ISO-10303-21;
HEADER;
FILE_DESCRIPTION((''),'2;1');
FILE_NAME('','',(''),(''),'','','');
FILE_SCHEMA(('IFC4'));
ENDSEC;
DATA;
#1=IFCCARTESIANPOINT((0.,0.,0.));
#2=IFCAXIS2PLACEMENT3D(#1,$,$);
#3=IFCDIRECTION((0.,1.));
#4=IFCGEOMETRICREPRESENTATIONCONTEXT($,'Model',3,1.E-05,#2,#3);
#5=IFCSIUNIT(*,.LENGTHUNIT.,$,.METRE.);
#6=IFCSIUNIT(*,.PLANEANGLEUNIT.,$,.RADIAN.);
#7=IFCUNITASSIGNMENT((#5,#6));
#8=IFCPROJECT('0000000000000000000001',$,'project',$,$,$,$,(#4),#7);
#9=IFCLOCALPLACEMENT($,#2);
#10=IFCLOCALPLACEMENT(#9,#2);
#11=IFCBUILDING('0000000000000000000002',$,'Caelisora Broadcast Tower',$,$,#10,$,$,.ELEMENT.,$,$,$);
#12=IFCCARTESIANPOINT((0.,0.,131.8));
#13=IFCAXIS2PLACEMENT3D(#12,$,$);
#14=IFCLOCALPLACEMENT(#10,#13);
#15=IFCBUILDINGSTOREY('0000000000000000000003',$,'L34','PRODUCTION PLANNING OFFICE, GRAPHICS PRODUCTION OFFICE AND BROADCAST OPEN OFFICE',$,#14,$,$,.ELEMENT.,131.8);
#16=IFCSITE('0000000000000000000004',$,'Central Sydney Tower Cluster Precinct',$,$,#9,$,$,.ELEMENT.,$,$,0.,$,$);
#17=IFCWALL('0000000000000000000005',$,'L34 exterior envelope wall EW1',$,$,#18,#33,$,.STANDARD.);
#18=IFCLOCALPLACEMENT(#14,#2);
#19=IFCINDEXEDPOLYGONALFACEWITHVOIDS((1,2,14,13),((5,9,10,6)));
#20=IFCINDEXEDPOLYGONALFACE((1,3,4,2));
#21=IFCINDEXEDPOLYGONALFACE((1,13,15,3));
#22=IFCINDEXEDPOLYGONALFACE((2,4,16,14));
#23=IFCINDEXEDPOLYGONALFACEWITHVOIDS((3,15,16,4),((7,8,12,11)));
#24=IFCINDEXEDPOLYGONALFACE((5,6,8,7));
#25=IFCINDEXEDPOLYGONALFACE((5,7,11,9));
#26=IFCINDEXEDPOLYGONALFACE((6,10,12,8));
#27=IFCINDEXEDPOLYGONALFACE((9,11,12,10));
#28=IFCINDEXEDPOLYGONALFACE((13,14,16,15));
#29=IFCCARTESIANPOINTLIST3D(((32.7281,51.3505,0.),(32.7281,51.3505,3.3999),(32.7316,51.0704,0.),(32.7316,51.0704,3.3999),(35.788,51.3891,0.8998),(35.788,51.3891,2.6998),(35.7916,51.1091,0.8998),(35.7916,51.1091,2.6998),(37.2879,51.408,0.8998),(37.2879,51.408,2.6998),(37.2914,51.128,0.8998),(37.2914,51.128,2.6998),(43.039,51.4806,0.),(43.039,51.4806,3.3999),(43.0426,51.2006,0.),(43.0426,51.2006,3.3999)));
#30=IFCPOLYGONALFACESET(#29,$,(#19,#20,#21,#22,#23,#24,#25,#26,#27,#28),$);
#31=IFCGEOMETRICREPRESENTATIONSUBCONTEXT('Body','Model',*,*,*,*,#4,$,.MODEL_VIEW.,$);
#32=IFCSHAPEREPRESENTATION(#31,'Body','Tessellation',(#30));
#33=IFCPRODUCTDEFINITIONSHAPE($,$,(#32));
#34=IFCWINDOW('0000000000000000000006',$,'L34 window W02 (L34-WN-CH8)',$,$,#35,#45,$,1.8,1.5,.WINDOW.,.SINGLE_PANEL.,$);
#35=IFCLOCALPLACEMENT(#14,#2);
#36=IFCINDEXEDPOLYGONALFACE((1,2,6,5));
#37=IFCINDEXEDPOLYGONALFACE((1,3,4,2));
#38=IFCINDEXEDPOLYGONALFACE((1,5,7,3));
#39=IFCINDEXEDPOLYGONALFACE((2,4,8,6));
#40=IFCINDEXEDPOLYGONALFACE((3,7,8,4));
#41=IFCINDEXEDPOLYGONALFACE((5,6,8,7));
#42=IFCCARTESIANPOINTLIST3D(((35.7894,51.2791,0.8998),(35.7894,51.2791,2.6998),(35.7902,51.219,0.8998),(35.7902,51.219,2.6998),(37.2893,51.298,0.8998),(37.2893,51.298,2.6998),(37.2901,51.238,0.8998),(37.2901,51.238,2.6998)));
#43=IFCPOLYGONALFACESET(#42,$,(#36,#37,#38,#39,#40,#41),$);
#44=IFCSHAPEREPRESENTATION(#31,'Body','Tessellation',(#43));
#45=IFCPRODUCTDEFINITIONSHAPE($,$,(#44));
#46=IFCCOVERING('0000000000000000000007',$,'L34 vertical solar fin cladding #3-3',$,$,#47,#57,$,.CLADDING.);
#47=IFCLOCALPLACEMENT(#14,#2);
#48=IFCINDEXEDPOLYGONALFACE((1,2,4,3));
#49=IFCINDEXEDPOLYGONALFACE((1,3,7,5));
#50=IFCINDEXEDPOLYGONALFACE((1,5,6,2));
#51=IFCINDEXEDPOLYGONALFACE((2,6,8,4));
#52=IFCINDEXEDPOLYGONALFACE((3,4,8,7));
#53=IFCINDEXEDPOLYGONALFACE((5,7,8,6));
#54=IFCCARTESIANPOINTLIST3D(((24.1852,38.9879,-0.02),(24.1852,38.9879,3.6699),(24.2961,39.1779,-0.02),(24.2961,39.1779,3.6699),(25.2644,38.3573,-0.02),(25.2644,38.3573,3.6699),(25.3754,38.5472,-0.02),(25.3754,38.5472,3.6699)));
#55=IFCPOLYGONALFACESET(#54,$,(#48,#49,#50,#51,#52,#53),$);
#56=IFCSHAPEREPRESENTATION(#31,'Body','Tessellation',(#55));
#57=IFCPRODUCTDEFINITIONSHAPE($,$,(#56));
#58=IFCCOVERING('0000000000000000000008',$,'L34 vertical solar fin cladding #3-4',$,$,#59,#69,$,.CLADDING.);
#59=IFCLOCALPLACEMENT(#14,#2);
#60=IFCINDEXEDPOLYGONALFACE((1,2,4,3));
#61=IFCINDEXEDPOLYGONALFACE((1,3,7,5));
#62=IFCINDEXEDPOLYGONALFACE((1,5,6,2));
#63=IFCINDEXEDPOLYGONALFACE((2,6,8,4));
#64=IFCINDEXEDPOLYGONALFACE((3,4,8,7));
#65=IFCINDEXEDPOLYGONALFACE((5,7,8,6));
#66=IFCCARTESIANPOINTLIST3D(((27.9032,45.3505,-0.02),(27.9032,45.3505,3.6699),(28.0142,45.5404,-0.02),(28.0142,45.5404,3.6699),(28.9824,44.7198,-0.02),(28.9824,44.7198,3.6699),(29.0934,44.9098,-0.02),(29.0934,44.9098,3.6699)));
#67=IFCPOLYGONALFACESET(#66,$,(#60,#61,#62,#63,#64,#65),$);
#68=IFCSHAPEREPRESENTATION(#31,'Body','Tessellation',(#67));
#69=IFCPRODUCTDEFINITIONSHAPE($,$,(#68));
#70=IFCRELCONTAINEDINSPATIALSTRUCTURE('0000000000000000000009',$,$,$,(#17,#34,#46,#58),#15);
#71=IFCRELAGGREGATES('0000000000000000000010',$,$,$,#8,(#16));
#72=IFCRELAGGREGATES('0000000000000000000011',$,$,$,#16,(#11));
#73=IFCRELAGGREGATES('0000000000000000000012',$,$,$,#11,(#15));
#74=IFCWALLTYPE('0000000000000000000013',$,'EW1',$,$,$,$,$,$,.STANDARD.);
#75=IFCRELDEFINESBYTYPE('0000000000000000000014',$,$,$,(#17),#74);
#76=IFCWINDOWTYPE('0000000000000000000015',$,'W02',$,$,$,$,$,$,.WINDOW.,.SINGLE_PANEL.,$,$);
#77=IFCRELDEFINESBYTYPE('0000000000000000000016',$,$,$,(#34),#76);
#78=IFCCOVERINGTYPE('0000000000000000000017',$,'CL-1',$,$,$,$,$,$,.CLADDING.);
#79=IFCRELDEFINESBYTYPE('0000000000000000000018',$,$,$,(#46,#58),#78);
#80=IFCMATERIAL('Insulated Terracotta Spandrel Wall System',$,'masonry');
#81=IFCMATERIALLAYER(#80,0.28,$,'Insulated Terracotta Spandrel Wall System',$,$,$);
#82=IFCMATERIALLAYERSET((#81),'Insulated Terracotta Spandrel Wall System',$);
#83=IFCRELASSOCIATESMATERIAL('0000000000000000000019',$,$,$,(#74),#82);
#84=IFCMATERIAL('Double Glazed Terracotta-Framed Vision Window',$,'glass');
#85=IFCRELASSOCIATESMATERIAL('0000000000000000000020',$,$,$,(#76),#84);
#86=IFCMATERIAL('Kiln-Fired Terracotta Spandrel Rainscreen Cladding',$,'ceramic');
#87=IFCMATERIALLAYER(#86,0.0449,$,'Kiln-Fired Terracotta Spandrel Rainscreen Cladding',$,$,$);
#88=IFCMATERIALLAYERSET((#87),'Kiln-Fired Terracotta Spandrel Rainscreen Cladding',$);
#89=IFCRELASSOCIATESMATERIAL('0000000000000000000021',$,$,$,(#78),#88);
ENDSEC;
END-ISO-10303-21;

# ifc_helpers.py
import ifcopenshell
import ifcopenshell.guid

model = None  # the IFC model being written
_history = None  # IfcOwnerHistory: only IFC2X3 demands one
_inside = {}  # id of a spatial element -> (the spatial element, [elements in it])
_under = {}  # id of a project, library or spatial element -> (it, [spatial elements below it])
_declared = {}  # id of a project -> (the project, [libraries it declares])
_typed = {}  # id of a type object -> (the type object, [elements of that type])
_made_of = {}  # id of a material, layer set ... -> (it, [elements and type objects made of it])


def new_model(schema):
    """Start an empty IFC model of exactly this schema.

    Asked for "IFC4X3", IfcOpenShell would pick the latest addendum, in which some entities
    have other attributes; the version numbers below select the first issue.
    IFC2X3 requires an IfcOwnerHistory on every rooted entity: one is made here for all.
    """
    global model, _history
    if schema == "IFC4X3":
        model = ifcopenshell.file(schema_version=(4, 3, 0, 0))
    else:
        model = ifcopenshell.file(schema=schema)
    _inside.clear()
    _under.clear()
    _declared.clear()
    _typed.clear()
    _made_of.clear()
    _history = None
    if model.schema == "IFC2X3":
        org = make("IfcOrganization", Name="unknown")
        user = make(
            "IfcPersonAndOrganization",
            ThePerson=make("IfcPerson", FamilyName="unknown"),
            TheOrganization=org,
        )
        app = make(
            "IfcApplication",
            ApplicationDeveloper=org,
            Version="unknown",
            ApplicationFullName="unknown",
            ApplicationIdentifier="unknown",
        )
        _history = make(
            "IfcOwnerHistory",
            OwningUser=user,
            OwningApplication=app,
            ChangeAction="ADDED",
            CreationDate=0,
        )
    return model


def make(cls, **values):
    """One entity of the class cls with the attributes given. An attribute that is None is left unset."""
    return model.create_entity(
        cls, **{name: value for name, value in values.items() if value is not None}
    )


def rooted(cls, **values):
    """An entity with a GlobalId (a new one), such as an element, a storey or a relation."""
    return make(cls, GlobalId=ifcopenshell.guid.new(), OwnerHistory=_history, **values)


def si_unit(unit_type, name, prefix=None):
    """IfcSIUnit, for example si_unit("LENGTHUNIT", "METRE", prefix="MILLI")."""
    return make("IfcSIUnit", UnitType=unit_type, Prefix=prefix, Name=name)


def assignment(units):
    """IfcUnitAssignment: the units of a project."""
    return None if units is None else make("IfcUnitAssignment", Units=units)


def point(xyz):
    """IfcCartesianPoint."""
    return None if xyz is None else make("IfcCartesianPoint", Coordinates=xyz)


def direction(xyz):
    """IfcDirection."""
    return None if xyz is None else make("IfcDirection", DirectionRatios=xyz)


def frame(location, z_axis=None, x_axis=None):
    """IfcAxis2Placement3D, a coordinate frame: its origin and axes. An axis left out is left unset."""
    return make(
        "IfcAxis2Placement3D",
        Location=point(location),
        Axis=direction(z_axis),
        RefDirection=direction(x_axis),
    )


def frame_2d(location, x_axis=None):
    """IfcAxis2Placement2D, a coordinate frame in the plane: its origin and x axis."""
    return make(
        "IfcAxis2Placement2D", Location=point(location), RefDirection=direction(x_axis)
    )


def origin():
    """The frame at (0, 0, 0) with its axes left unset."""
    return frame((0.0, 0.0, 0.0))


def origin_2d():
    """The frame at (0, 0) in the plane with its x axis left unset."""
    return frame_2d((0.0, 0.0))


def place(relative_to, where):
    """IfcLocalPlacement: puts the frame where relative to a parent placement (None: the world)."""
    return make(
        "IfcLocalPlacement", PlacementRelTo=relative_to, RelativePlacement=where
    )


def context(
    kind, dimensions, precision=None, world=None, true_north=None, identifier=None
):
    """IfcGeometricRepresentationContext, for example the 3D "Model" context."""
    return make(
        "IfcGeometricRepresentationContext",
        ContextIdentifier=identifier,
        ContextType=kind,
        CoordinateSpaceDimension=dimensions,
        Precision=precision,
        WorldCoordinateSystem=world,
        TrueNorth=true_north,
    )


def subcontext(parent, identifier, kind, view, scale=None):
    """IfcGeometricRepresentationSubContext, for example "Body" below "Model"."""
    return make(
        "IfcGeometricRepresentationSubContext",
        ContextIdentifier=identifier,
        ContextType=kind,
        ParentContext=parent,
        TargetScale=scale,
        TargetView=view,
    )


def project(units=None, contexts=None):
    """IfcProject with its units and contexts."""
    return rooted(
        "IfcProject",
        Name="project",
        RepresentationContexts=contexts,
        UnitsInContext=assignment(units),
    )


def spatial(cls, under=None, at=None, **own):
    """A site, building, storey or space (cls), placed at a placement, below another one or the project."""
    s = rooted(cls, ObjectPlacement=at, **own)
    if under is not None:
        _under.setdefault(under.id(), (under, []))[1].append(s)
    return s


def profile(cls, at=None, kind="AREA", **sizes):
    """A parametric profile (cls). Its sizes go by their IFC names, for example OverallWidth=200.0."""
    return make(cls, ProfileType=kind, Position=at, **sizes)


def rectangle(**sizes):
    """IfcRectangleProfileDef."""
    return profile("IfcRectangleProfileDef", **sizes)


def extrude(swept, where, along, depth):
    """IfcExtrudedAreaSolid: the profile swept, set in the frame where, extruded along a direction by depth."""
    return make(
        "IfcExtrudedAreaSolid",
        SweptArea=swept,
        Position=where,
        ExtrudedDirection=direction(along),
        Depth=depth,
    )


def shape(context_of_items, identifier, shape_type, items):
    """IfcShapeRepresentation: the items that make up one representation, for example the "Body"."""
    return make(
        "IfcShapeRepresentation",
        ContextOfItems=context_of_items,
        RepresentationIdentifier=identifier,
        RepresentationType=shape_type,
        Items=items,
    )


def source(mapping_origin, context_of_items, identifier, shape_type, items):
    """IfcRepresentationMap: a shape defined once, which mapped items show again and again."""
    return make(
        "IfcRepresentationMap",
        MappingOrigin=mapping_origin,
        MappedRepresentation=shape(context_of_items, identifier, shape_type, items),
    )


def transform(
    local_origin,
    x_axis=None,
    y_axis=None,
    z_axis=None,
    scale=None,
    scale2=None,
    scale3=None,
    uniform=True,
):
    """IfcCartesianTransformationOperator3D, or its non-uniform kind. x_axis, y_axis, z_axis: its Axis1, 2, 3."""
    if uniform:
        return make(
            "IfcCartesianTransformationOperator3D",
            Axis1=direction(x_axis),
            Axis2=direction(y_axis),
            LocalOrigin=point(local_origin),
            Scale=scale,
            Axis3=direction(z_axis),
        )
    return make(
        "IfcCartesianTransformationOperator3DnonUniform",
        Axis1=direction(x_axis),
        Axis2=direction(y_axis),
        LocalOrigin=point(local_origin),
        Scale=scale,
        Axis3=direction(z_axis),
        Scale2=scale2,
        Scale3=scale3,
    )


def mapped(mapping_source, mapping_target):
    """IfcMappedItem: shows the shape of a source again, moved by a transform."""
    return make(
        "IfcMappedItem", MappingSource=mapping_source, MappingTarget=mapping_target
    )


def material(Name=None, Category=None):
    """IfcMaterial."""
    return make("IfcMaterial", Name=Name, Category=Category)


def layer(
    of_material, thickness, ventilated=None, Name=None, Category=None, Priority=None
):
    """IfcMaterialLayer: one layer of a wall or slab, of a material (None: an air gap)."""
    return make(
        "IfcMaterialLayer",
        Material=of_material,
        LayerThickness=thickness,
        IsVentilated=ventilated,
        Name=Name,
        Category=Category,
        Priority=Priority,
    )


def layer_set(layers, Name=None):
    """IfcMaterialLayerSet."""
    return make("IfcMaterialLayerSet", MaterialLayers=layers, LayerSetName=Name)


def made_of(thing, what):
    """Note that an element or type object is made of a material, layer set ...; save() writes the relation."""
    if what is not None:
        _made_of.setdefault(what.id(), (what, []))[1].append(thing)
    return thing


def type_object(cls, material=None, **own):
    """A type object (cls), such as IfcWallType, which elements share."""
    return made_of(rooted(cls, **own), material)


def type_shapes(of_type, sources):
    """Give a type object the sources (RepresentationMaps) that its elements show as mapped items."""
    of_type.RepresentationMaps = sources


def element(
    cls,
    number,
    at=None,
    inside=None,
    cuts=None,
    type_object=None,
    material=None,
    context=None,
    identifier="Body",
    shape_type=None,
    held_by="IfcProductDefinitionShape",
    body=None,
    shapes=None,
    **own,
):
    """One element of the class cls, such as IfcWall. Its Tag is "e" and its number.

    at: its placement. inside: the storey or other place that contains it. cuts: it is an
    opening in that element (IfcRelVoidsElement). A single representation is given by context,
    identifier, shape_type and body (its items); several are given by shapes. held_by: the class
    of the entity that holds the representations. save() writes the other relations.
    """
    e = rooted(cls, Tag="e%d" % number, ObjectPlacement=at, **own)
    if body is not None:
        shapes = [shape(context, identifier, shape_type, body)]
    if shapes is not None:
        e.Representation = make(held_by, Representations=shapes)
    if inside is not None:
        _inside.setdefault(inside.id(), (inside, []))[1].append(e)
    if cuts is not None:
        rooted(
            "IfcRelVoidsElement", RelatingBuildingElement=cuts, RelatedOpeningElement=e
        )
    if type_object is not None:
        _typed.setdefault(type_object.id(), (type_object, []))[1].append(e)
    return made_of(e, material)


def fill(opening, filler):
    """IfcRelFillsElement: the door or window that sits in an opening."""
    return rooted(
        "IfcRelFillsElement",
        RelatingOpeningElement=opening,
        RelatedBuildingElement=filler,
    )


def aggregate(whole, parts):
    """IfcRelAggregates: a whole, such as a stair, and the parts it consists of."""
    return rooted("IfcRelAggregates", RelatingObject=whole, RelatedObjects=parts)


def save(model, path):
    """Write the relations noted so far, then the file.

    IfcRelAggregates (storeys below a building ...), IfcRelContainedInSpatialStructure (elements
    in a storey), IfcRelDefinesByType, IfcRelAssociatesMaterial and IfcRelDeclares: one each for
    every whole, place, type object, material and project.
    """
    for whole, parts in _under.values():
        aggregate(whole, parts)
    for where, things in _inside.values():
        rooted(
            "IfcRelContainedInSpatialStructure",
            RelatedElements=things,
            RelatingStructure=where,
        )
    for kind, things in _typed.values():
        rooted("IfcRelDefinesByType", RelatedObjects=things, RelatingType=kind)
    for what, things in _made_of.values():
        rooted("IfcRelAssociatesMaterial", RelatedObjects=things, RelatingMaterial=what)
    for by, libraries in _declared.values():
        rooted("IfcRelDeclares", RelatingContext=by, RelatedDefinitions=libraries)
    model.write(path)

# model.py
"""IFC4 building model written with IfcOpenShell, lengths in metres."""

from ifc_helpers import new_model, si_unit, direction, frame, frame_2d, origin, origin_2d, place, context, subcontext, project, spatial, rectangle, extrude, source, transform, mapped, material, layer, layer_set, type_object, type_shapes, element, fill, save


model = new_model("IFC4")

# Units and contexts
model_context = context("Model", 3, precision=1e-05, world=origin(), true_north=direction((0.0, 1.0)))
body_context = subcontext(model_context, "Body", "Model", "MODEL_VIEW")
ifc_project = project(units=[si_unit("LENGTHUNIT", "METRE"), si_unit("PLANEANGLEUNIT", "RADIAN")], contexts=[model_context])

# Site, building, storey
site_placement = place(None, origin())
site = spatial("IfcSite", under=ifc_project, at=site_placement, Name="Central Sydney Tower Cluster Precinct", CompositionType="ELEMENT", RefElevation=0.0)
building_placement = place(site_placement, origin())
building = spatial("IfcBuilding", under=site, at=building_placement, Name="Caelisora Broadcast Tower", CompositionType="ELEMENT")
storey_placement = place(building_placement, frame((0.0, 0.0, 131.8)))
storey = spatial("IfcBuildingStorey", under=building, at=storey_placement, Name="L34", Description="PRODUCTION PLANNING OFFICE, GRAPHICS PRODUCTION OFFICE AND BROADCAST OPEN OFFICE", CompositionType="ELEMENT", Elevation=131.8)

# Wall, opening, window
ifc_material_1 = material(Name="Insulated Terracotta Spandrel Wall System", Category="masonry")
ifc_layer_1 = layer(ifc_material_1, 0.28, Name="Insulated Terracotta Spandrel Wall System")
ifc_layer_set_1 = layer_set([ifc_layer_1], Name="Insulated Terracotta Spandrel Wall System")
wall_type = type_object("IfcWallType", Name="EW1", PredefinedType="STANDARD", material=ifc_layer_set_1)
wall_placement = place(storey_placement, frame((32.73, 51.2104, 0.0), z_axis=(0.0, 0.0, 1.0), x_axis=(0.99992, 0.012619, 0.0)))
wall = element("IfcWall", 1, at=wall_placement, inside=storey, type_object=wall_type, Name="L34 exterior envelope wall EW1", PredefinedType="STANDARD", context=body_context, shape_type="SweptSolid", body=[
    extrude(rectangle(XDim=10.3118, YDim=0.28, at=frame_2d((5.1558, 0.0))), origin(), (0.0, 0.0, 1.0), 3.3999),
])
opening_placement = place(wall_placement, frame((3.0601, 0.0, 0.8999)))
opening = element("IfcOpeningElement", 2, at=opening_placement, cuts=wall, PredefinedType="OPENING", context=body_context, shape_type="SweptSolid", body=[
    extrude(rectangle(XDim=1.5, YDim=1.8, at=frame_2d((0.75, 0.8999))), frame((0.0, 0.1521, 0.0), z_axis=(0.0, -1.0, 0.0), x_axis=(1.0, 0.0, 0.0)), (0.0, 0.0, 1.0), 0.304),
])
ifc_material_2 = material(Name="Double Glazed Terracotta-Framed Vision Window", Category="glass")
window_type = type_object("IfcWindowType", Name="W02", PartitioningType="SINGLE_PANEL", PredefinedType="WINDOW", material=ifc_material_2)
window_placement = place(opening_placement, origin())
window = element("IfcWindow", 3, at=window_placement, inside=storey, type_object=window_type, Name="L34 window W02 (L34-WN-CH8)", OverallHeight=1.8, OverallWidth=1.5, PartitioningType="SINGLE_PANEL", PredefinedType="WINDOW", context=body_context, shape_type="SweptSolid", body=[
    extrude(rectangle(XDim=1.5, YDim=1.8, at=frame_2d((0.75, 0.8999))), frame((0.0, 0.03, 0.0), z_axis=(0.0, -1.0, 0.0), x_axis=(1.0, 0.0, 0.0)), (0.0, 0.0, 1.0), 0.0601),
])
fill(opening, window)

# Coverings
ifc_material_3 = material(Name="Kiln-Fired Terracotta Spandrel Rainscreen Cladding", Category="ceramic")
ifc_layer_2 = layer(ifc_material_3, 0.0449, Name="Kiln-Fired Terracotta Spandrel Rainscreen Cladding")
ifc_layer_set_2 = layer_set([ifc_layer_2], Name="Kiln-Fired Terracotta Spandrel Rainscreen Cladding")
covering_type = type_object("IfcCoveringType", Name="CL-1", PredefinedType="CLADDING", material=ifc_layer_set_2)
shared_shape_1 = source(origin(), body_context, "Body", "SweptSolid", [
    extrude(rectangle(XDim=0.22, YDim=1.25, at=origin_2d()), origin(), (0.0, 0.0, 1.0), 3.6899),
])
type_shapes(covering_type, [shared_shape_1])
for number, where, z_axis, x_axis, name in (
    (4, (24.7803, 38.7676, -0.02), (0.0, 0.0, 1.0), (0.504528, 0.863396, 0.0), "L34 vertical solar fin cladding #3-3"),
    (5, (28.4983, 45.1301, -0.02), (0.0, 0.0, 1.0), (0.504528, 0.863396, 0.0), "L34 vertical solar fin cladding #3-4"),
):
    element("IfcCovering", number, at=place(storey_placement, frame(where, z_axis=z_axis, x_axis=x_axis)), inside=storey, type_object=covering_type, Name=name, PredefinedType="CLADDING", context=body_context, shape_type="MappedRepresentation", body=[
        mapped(shared_shape_1, transform((0.0, 0.0, 0.0), scale=1.0)),
    ])

save(model, "model.ifc")
